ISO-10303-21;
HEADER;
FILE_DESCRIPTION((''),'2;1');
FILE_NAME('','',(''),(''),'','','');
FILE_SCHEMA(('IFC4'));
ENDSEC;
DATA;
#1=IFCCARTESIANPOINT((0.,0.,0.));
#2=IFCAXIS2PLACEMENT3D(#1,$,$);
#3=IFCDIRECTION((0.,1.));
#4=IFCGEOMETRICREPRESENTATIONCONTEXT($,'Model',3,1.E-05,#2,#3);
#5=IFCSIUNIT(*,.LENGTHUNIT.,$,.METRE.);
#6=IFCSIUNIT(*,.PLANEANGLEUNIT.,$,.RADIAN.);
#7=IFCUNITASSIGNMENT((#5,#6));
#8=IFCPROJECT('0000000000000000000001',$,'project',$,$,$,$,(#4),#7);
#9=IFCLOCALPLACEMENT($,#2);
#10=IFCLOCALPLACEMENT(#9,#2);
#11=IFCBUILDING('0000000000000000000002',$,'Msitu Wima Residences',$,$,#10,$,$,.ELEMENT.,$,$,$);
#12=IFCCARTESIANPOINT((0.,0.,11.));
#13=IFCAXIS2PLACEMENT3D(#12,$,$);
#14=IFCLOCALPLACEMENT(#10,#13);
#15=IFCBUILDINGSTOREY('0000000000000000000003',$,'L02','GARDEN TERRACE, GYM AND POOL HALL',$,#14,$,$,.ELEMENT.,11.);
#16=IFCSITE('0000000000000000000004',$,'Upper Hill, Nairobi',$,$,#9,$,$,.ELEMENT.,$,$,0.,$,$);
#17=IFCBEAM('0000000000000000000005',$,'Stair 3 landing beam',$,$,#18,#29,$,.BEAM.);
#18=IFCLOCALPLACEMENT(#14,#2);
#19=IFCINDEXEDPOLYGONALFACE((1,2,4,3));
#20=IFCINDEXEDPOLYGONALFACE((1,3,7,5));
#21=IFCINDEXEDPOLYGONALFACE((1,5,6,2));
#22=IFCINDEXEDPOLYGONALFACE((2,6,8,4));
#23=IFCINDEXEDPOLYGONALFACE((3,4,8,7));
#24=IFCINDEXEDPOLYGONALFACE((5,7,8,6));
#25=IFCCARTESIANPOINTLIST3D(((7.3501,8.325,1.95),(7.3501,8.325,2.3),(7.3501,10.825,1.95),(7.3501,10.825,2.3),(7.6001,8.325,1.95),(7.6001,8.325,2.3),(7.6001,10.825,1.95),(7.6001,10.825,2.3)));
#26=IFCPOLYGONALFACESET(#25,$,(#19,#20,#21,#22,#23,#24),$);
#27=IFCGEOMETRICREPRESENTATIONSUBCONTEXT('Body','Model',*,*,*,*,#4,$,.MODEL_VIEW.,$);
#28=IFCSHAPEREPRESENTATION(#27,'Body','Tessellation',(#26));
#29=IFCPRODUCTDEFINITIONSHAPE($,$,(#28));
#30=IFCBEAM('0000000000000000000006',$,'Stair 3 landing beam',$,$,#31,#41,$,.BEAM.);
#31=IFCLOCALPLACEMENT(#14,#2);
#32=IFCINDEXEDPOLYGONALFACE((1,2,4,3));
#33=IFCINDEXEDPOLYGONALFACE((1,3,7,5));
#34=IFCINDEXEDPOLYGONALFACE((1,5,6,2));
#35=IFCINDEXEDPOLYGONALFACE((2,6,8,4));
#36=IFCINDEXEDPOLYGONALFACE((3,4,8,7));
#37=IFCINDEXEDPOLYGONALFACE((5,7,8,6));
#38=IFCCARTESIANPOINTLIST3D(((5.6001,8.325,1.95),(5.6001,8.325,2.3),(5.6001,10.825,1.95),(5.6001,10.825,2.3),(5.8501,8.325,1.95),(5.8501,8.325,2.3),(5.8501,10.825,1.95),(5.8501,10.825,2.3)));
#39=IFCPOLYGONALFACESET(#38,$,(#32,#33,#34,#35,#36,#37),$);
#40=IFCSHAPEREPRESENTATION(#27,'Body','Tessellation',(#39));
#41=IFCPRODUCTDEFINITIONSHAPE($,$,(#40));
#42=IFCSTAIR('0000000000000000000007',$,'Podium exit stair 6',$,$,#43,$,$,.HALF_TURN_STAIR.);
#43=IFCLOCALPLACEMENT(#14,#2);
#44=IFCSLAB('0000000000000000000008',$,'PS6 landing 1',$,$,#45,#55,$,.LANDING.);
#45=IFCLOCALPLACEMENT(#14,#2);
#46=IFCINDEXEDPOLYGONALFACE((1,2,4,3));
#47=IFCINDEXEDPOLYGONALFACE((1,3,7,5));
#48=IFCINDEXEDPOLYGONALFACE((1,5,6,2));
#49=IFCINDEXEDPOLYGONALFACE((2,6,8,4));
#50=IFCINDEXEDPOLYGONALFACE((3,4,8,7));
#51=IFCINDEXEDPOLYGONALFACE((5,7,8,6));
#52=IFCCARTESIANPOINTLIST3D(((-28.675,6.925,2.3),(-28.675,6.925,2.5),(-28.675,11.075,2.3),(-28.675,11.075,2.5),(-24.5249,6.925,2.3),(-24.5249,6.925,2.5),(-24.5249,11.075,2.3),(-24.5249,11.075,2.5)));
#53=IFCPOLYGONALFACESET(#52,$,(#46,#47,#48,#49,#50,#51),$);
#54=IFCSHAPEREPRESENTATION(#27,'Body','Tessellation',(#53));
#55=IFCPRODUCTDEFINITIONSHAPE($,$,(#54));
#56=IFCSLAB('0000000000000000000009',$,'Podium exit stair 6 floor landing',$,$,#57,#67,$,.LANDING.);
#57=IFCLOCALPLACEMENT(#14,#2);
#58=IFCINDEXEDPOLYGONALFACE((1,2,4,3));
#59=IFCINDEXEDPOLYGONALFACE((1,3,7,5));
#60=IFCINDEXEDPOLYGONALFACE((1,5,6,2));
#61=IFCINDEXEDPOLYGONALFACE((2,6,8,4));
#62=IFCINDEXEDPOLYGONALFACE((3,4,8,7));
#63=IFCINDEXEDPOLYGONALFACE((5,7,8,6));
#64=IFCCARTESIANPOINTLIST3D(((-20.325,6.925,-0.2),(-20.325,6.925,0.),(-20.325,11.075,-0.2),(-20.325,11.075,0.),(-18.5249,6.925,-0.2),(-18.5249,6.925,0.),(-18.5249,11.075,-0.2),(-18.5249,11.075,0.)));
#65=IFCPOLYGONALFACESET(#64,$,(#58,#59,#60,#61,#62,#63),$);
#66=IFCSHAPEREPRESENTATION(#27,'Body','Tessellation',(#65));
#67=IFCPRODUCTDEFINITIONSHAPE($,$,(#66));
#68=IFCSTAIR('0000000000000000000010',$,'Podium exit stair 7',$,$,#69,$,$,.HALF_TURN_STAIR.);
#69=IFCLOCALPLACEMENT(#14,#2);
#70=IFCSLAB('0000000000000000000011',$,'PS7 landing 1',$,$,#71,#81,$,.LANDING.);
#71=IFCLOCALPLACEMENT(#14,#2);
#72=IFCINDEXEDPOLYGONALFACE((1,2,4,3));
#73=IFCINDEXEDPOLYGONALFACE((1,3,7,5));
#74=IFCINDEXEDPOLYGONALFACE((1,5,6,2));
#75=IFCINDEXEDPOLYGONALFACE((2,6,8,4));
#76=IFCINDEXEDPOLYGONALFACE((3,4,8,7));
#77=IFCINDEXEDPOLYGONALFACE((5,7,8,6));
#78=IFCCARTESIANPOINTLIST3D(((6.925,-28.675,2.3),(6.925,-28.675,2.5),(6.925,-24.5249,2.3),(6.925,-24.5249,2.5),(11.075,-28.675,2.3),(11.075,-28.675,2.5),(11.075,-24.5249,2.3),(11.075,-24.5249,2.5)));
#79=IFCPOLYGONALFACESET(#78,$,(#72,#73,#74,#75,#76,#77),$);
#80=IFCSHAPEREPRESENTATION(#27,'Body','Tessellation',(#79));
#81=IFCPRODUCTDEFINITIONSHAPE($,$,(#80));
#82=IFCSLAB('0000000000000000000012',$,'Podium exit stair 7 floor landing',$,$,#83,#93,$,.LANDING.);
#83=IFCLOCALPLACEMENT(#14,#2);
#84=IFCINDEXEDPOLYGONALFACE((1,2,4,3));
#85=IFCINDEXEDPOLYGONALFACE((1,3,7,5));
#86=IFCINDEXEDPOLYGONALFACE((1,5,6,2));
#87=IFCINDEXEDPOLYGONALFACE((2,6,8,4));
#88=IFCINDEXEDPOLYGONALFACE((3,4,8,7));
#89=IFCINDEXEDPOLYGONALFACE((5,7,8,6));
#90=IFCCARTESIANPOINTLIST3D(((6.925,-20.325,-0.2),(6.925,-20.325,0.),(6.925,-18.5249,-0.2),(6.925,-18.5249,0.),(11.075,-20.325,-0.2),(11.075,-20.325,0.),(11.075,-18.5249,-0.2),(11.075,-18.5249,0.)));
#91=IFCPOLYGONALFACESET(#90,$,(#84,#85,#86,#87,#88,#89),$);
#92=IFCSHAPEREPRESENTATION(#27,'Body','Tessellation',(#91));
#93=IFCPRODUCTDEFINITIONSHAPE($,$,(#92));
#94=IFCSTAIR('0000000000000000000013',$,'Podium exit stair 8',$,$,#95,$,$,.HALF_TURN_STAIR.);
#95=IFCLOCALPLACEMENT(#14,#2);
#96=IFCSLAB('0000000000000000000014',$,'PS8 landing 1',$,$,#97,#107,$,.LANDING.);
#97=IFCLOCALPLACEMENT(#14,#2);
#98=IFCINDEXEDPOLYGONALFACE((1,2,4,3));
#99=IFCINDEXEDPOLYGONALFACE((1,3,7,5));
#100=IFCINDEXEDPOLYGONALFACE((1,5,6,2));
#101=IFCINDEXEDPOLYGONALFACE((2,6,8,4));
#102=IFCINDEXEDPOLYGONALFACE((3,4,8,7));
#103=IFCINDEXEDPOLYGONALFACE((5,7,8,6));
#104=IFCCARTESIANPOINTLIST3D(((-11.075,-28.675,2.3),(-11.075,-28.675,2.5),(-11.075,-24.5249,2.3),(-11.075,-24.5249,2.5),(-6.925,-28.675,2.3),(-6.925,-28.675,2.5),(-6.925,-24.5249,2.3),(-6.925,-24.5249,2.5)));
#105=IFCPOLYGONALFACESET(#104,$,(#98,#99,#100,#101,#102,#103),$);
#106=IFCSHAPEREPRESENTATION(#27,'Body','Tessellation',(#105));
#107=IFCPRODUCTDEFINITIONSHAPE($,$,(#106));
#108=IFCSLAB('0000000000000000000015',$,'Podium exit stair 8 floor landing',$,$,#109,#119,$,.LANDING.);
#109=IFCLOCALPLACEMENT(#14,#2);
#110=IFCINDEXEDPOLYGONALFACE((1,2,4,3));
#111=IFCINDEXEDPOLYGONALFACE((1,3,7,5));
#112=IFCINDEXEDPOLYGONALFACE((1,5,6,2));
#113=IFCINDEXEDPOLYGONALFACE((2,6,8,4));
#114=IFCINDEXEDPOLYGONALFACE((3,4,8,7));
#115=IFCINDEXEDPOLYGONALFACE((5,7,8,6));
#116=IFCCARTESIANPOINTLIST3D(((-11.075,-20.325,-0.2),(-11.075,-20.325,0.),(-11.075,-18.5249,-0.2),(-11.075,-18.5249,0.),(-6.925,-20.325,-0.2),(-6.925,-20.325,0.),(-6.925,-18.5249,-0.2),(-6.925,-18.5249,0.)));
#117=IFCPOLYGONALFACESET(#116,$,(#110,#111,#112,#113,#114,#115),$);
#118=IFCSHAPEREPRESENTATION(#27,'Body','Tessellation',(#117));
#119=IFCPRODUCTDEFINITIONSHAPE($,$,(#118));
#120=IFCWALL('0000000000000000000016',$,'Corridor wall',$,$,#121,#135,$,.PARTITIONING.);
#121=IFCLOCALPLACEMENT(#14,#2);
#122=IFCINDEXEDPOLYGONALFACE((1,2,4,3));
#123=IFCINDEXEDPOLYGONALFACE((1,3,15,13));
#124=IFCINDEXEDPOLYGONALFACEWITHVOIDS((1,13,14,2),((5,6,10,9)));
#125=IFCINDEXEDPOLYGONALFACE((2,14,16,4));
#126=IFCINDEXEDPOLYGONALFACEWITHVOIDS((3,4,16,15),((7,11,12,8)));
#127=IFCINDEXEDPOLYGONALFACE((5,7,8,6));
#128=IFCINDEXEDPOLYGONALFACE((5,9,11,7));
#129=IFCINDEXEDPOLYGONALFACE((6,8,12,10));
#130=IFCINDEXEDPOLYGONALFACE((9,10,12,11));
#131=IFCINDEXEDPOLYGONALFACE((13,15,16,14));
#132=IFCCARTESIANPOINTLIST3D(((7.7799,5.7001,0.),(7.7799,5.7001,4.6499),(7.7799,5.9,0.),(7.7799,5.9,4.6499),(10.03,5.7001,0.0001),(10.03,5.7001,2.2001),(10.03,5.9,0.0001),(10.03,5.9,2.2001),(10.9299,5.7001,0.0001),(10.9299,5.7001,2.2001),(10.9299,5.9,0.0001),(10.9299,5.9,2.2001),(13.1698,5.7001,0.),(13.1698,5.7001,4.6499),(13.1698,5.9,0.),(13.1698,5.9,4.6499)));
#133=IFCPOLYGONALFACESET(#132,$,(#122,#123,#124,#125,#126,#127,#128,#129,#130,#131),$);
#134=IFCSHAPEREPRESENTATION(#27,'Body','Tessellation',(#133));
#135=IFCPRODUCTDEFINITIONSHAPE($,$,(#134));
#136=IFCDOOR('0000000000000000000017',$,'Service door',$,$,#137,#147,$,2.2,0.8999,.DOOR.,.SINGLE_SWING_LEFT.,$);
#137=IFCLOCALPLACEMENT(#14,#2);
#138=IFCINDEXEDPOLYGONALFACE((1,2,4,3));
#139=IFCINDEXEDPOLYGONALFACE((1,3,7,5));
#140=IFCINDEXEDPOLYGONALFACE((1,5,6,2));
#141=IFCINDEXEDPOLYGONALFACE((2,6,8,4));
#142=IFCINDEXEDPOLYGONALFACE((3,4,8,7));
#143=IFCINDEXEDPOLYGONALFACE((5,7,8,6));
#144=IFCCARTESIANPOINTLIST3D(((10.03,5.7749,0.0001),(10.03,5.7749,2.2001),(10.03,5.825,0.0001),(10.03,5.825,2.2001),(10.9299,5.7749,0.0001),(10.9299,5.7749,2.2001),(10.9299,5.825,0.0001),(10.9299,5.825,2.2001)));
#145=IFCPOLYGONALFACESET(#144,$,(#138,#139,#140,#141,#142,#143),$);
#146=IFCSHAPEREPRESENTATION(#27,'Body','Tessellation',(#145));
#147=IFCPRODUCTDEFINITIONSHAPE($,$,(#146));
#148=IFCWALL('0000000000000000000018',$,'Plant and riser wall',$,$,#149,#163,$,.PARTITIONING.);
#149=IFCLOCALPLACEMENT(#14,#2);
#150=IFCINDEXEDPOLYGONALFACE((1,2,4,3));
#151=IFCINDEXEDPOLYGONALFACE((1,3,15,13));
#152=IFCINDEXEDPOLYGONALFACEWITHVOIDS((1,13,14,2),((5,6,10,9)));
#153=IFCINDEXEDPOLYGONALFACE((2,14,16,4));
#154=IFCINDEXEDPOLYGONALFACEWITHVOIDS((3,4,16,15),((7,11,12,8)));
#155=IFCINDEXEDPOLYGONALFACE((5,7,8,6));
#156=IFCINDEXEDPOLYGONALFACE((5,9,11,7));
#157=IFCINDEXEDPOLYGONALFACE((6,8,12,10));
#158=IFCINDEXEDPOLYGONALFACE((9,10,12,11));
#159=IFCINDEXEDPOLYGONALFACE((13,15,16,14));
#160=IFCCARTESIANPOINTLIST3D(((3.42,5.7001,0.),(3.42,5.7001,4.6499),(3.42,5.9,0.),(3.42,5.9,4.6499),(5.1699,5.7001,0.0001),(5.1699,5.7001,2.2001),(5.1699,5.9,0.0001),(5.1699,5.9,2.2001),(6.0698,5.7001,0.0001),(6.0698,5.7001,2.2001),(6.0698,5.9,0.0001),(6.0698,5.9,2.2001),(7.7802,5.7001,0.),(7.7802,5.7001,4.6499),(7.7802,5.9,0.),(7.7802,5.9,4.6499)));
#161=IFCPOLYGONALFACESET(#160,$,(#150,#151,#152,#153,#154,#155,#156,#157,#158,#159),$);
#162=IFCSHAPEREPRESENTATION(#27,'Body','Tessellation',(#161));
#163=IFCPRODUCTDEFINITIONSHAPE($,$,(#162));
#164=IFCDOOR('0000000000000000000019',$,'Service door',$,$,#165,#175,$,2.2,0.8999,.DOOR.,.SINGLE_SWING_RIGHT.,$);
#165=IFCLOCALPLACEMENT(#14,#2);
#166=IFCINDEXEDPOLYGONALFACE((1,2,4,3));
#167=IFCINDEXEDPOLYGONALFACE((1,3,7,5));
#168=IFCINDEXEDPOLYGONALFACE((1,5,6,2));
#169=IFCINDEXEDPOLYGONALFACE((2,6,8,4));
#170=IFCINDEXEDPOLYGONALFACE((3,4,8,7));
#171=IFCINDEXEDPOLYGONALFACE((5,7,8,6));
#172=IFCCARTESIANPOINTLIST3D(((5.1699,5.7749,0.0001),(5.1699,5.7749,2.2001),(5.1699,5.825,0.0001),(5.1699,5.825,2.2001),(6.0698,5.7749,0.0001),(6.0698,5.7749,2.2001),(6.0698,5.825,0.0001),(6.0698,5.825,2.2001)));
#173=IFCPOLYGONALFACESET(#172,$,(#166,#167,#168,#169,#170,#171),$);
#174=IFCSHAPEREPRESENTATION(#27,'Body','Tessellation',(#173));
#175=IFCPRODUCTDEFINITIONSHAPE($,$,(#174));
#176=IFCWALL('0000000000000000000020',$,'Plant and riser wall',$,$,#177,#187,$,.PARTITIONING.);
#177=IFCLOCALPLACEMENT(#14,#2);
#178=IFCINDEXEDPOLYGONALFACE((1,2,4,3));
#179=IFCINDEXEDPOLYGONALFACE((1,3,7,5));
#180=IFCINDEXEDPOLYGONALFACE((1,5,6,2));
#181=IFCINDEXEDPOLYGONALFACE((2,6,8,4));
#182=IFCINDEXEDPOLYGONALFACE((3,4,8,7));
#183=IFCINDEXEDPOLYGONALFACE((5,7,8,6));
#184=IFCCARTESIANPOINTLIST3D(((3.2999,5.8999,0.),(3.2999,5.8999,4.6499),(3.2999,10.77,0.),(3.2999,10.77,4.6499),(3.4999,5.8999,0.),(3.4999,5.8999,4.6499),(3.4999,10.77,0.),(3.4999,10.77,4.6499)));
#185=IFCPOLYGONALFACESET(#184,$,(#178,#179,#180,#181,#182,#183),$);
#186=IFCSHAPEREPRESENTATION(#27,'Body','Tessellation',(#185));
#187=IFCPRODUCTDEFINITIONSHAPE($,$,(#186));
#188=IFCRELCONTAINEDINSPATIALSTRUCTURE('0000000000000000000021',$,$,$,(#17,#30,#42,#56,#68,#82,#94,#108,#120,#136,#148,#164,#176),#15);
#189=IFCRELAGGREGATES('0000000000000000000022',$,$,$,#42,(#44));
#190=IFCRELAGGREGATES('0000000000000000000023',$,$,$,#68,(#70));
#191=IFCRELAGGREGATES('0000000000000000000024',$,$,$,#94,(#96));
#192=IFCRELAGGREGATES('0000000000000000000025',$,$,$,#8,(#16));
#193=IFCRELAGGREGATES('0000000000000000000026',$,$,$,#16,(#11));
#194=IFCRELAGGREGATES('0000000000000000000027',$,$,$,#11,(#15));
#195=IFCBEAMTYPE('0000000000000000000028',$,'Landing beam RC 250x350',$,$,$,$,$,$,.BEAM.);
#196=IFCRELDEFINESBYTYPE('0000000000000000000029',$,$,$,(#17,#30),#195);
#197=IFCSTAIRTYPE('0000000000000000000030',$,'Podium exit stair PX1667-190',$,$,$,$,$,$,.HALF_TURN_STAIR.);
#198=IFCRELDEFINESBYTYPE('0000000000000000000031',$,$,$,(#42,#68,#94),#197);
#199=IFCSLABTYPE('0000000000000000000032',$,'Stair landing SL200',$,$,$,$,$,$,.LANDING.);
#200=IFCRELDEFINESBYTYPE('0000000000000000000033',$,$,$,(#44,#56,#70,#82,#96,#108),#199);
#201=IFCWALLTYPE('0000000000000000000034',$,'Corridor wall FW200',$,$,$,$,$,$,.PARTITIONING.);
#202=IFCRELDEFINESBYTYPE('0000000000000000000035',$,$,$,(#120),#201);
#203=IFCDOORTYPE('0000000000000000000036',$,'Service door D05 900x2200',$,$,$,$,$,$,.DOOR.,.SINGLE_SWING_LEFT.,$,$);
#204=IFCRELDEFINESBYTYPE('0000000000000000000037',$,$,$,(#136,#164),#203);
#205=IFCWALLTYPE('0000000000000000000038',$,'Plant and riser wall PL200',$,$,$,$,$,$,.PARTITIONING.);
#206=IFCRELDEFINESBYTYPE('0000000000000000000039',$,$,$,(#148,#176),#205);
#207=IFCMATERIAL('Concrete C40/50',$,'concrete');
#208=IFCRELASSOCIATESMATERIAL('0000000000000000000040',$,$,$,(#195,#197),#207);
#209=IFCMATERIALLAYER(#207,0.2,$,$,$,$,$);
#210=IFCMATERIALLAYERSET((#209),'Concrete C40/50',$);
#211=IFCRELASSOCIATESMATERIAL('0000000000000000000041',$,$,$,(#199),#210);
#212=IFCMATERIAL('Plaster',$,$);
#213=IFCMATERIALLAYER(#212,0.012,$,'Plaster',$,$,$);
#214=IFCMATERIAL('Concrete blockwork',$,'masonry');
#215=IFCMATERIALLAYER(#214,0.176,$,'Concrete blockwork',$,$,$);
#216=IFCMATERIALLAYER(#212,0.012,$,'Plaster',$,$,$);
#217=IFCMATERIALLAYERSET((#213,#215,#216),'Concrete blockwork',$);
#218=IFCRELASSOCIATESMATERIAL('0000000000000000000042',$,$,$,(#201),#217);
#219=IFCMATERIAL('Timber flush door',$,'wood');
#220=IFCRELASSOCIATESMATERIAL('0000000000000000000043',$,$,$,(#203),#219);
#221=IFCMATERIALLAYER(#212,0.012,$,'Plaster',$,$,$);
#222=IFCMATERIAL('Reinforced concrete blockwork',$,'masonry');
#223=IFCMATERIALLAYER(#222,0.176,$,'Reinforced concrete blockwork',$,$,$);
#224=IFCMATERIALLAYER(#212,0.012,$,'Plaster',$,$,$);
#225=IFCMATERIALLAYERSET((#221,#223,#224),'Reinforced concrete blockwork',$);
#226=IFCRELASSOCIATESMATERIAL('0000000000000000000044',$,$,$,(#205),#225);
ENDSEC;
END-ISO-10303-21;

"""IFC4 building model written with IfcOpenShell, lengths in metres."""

from ifc_helpers import new_model, si_unit, direction, frame, frame_2d, origin, origin_2d, place, context, subcontext, project, spatial, polyline, rectangle, outline, extrude, material, layer, layer_set, material_profile, profile_set, type_object, element, fill, aggregate, save


model = new_model("IFC4")

# Units and contexts
model_context = context("Model", 3, precision=1e-05, world=origin(), true_north=direction((0.0, 1.0)))
body_context = subcontext(model_context, "Body", "Model", "MODEL_VIEW")
ifc_project = project(units=[si_unit("LENGTHUNIT", "METRE"), si_unit("PLANEANGLEUNIT", "RADIAN")], contexts=[model_context])

# Site, building, storey
site_placement = place(None, origin())
site = spatial("IfcSite", under=ifc_project, at=site_placement, Name="Upper Hill, Nairobi", CompositionType="ELEMENT", RefElevation=0.0)
building_placement = place(site_placement, origin())
building = spatial("IfcBuilding", under=site, at=building_placement, Name="Msitu Wima Residences", CompositionType="ELEMENT")
storey_placement = place(building_placement, frame((0.0, 0.0, 11.0)))
storey = spatial("IfcBuildingStorey", under=building, at=storey_placement, Name="L02", Description="GARDEN TERRACE, GYM AND POOL HALL", CompositionType="ELEMENT", Elevation=11.0)

# Beams
ifc_material_1 = material(Name="Concrete C40/50", Category="concrete")
ifc_material_profile = material_profile(ifc_material_1, rectangle(XDim=0.25, YDim=0.3501, at=origin_2d()), Name="RC 250x350")
ifc_profile_set = profile_set([ifc_material_profile], Name="Concrete C40/50")
beam_type = type_object("IfcBeamType", Name="Landing beam RC 250x350", PredefinedType="BEAM", material=ifc_profile_set)
for number, where, z_axis, x_axis, name in (
    (1, (7.4751, 8.325, 2.125), (0.0, 1.0, 0.0), (-1.0, 0.0, 0.0), "Stair 3 landing beam"),
    (2, (5.7251, 8.325, 2.125), (0.0, 1.0, 0.0), (-1.0, 0.0, 0.0), "Stair 3 landing beam"),
):
    element("IfcBeam", number, at=place(storey_placement, frame(where, z_axis=z_axis, x_axis=x_axis)), inside=storey, type_object=beam_type, Name=name, PredefinedType="BEAM", context=body_context, shape_type="SweptSolid", body=[
        extrude(rectangle(XDim=0.25, YDim=0.3501, at=origin_2d()), origin(), (0.0, 0.0, 1.0), 2.5),
    ])

# Stair, slab
stair_type_1 = type_object("IfcStairType", Name="Podium exit stair PX1667-190", PredefinedType="HALF_TURN_STAIR", material=ifc_material_1)
stair_1_placement = place(storey_placement, origin())
stair_1 = element("IfcStair", 3, at=stair_1_placement, inside=storey, type_object=stair_type_1, Name="Podium exit stair 6", PredefinedType="HALF_TURN_STAIR")
ifc_layer_1 = layer(ifc_material_1, 0.2)
ifc_layer_set_1 = layer_set([ifc_layer_1], Name="Concrete C40/50")
slab_type = type_object("IfcSlabType", Name="Stair landing SL200", PredefinedType="LANDING", material=ifc_layer_set_1)
slab_1_placement = place(storey_placement, frame((0.0, 0.0, 2.3)))
slab_1 = element("IfcSlab", 4, at=slab_1_placement, type_object=slab_type, Name="PS6 landing 1", PredefinedType="LANDING", context=body_context, shape_type="SweptSolid", body=[
    extrude(outline(polyline([(-24.5249, 6.925), (-28.675, 6.925), (-28.675, 11.075), (-24.5249, 11.075), (-24.5249, 6.925)])), origin(), (0.0, 0.0, 1.0), 0.2),
])
aggregate(stair_1, [slab_1])

# Slab
slab_2_placement = place(storey_placement, frame((0.0, 0.0, -0.2)))
element("IfcSlab", 5, at=slab_2_placement, inside=storey, type_object=slab_type, Name="Podium exit stair 6 floor landing", PredefinedType="LANDING", context=body_context, shape_type="SweptSolid", body=[
    extrude(outline(polyline([(-18.5249, 6.925), (-20.325, 6.925), (-20.325, 11.075), (-18.5249, 11.075), (-18.5249, 6.925)])), origin(), (0.0, 0.0, 1.0), 0.2),
])

# Stair, slab
stair_2_placement = place(storey_placement, origin())
stair_2 = element("IfcStair", 6, at=stair_2_placement, inside=storey, type_object=stair_type_1, Name="Podium exit stair 7", PredefinedType="HALF_TURN_STAIR")
slab_3_placement = place(storey_placement, frame((0.0, 0.0, 2.3)))
slab_3 = element("IfcSlab", 7, at=slab_3_placement, type_object=slab_type, Name="PS7 landing 1", PredefinedType="LANDING", context=body_context, shape_type="SweptSolid", body=[
    extrude(outline(polyline([(6.925, -24.5249), (6.925, -28.675), (11.075, -28.675), (11.075, -24.5249), (6.925, -24.5249)])), origin(), (0.0, 0.0, 1.0), 0.2),
])
aggregate(stair_2, [slab_3])

# Slab
slab_4_placement = place(storey_placement, frame((0.0, 0.0, -0.2)))
element("IfcSlab", 8, at=slab_4_placement, inside=storey, type_object=slab_type, Name="Podium exit stair 7 floor landing", PredefinedType="LANDING", context=body_context, shape_type="SweptSolid", body=[
    extrude(outline(polyline([(6.925, -18.5249), (6.925, -20.325), (11.075, -20.325), (11.075, -18.5249), (6.925, -18.5249)])), origin(), (0.0, 0.0, 1.0), 0.2),
])

# Stair, slab
stair_3_placement = place(storey_placement, origin())
stair_3 = element("IfcStair", 9, at=stair_3_placement, inside=storey, type_object=stair_type_1, Name="Podium exit stair 8", PredefinedType="HALF_TURN_STAIR")
slab_5_placement = place(storey_placement, frame((0.0, 0.0, 2.3)))
slab_5 = element("IfcSlab", 10, at=slab_5_placement, type_object=slab_type, Name="PS8 landing 1", PredefinedType="LANDING", context=body_context, shape_type="SweptSolid", body=[
    extrude(outline(polyline([(-6.925, -24.5249), (-6.925, -28.675), (-11.075, -28.675), (-11.075, -24.5249), (-6.925, -24.5249)])), origin(), (0.0, 0.0, 1.0), 0.2),
])
aggregate(stair_3, [slab_5])

# Slab
slab_6_placement = place(storey_placement, frame((0.0, 0.0, -0.2)))
element("IfcSlab", 11, at=slab_6_placement, inside=storey, type_object=slab_type, Name="Podium exit stair 8 floor landing", PredefinedType="LANDING", context=body_context, shape_type="SweptSolid", body=[
    extrude(outline(polyline([(-6.925, -18.5249), (-6.925, -20.325), (-11.075, -20.325), (-11.075, -18.5249), (-6.925, -18.5249)])), origin(), (0.0, 0.0, 1.0), 0.2),
])

# Walls, openings, doors
ifc_material_2 = material(Name="Plaster")
ifc_layer_2 = layer(ifc_material_2, 0.012, Name="Plaster")
ifc_material_3 = material(Name="Concrete blockwork", Category="masonry")
ifc_layer_3 = layer(ifc_material_3, 0.176, Name="Concrete blockwork")
ifc_layer_4 = layer(ifc_material_2, 0.012, Name="Plaster")
ifc_layer_set_2 = layer_set([ifc_layer_2, ifc_layer_3, ifc_layer_4], Name="Concrete blockwork")
wall_type_1 = type_object("IfcWallType", Name="Corridor wall FW200", PredefinedType="PARTITIONING", material=ifc_layer_set_2)
wall_1_placement = place(storey_placement, frame((7.78, 5.8, 0.0), z_axis=(0.0, 0.0, 1.0), x_axis=(1.0, 0.0, 0.0)))
wall_1 = element("IfcWall", 12, at=wall_1_placement, inside=storey, type_object=wall_type_1, Name="Corridor wall", PredefinedType="PARTITIONING", context=body_context, shape_type="SweptSolid", body=[
    extrude(rectangle(XDim=5.3899, YDim=0.2, at=frame_2d((2.6948, 0.0))), origin(), (0.0, 0.0, 1.0), 4.6499),
])
opening_1_placement = place(wall_1_placement, frame((2.25, 0.0, 0.0)))
opening_1 = element("IfcOpeningElement", 13, at=opening_1_placement, cuts=wall_1, PredefinedType="OPENING", context=body_context, shape_type="SweptSolid", body=[
    extrude(rectangle(XDim=0.8999, YDim=2.2, at=frame_2d((0.45, 1.1001))), frame((0.0, 0.1099, 0.0), z_axis=(0.0, -1.0, 0.0), x_axis=(1.0, 0.0, 0.0)), (0.0, 0.0, 1.0), 0.22),
])
ifc_material_4 = material(Name="Timber flush door", Category="wood")
door_type_1 = type_object("IfcDoorType", Name="Service door D05 900x2200", OperationType="SINGLE_SWING_LEFT", PredefinedType="DOOR", material=ifc_material_4)
door_1_placement = place(opening_1_placement, origin())
door_1 = element("IfcDoor", 14, at=door_1_placement, inside=storey, type_object=door_type_1, Name="Service door", OperationType="SINGLE_SWING_LEFT", OverallHeight=2.2, OverallWidth=0.8999, PredefinedType="DOOR", context=body_context, shape_type="SweptSolid", body=[
    extrude(rectangle(XDim=0.8999, YDim=2.2, at=frame_2d((0.45, 1.1001))), frame((0.0, 0.0249, 0.0), z_axis=(0.0, -1.0, 0.0), x_axis=(1.0, 0.0, 0.0)), (0.0, 0.0, 1.0), 0.05),
])
fill(opening_1, door_1)
ifc_layer_5 = layer(ifc_material_2, 0.012, Name="Plaster")
ifc_material_5 = material(Name="Reinforced concrete blockwork", Category="masonry")
ifc_layer_6 = layer(ifc_material_5, 0.176, Name="Reinforced concrete blockwork")
ifc_layer_7 = layer(ifc_material_2, 0.012, Name="Plaster")
ifc_layer_set_3 = layer_set([ifc_layer_5, ifc_layer_6, ifc_layer_7], Name="Reinforced concrete blockwork")
wall_type_2 = type_object("IfcWallType", Name="Plant and riser wall PL200", PredefinedType="PARTITIONING", material=ifc_layer_set_3)
wall_2_placement = place(storey_placement, frame((3.4199, 5.8, 0.0), z_axis=(0.0, 0.0, 1.0), x_axis=(1.0, 0.0, 0.0)))
wall_2 = element("IfcWall", 15, at=wall_2_placement, inside=storey, type_object=wall_type_2, Name="Plant and riser wall", PredefinedType="PARTITIONING", context=body_context, shape_type="SweptSolid", body=[
    extrude(rectangle(XDim=4.3601, YDim=0.2, at=frame_2d((2.1802, 0.0))), origin(), (0.0, 0.0, 1.0), 4.6499),
])
opening_2_placement = place(wall_2_placement, frame((1.75, 0.0, 0.0)))
opening_2 = element("IfcOpeningElement", 16, at=opening_2_placement, cuts=wall_2, PredefinedType="OPENING", context=body_context, shape_type="SweptSolid", body=[
    extrude(rectangle(XDim=0.8999, YDim=2.2, at=frame_2d((0.45, 1.1001))), frame((0.0, 0.1099, 0.0), z_axis=(0.0, -1.0, 0.0), x_axis=(1.0, 0.0, 0.0)), (0.0, 0.0, 1.0), 0.22),
])
door_2_placement = place(opening_2_placement, origin())
door_2 = element("IfcDoor", 17, at=door_2_placement, inside=storey, type_object=door_type_1, Name="Service door", OperationType="SINGLE_SWING_RIGHT", OverallHeight=2.2, OverallWidth=0.8999, PredefinedType="DOOR", context=body_context, shape_type="SweptSolid", body=[
    extrude(rectangle(XDim=0.8999, YDim=2.2, at=frame_2d((0.45, 1.1001))), frame((0.0, 0.0249, 0.0), z_axis=(0.0, -1.0, 0.0), x_axis=(1.0, 0.0, 0.0)), (0.0, 0.0, 1.0), 0.05),
])
fill(opening_2, door_2)

# Wall
wall_3_placement = place(storey_placement, frame((3.3999, 5.8999, 0.0), z_axis=(0.0, 0.0, 1.0), x_axis=(0.0, 1.0, 0.0)))
element("IfcWall", 18, at=wall_3_placement, inside=storey, type_object=wall_type_2, Name="Plant and riser wall", PredefinedType="PARTITIONING", context=body_context, shape_type="SweptSolid", body=[
    extrude(rectangle(XDim=4.8701, YDim=0.2, at=frame_2d((2.4351, 0.0))), origin(), (0.0, 0.0, 1.0), 4.6499),
])

save(model, "model.ifc")
